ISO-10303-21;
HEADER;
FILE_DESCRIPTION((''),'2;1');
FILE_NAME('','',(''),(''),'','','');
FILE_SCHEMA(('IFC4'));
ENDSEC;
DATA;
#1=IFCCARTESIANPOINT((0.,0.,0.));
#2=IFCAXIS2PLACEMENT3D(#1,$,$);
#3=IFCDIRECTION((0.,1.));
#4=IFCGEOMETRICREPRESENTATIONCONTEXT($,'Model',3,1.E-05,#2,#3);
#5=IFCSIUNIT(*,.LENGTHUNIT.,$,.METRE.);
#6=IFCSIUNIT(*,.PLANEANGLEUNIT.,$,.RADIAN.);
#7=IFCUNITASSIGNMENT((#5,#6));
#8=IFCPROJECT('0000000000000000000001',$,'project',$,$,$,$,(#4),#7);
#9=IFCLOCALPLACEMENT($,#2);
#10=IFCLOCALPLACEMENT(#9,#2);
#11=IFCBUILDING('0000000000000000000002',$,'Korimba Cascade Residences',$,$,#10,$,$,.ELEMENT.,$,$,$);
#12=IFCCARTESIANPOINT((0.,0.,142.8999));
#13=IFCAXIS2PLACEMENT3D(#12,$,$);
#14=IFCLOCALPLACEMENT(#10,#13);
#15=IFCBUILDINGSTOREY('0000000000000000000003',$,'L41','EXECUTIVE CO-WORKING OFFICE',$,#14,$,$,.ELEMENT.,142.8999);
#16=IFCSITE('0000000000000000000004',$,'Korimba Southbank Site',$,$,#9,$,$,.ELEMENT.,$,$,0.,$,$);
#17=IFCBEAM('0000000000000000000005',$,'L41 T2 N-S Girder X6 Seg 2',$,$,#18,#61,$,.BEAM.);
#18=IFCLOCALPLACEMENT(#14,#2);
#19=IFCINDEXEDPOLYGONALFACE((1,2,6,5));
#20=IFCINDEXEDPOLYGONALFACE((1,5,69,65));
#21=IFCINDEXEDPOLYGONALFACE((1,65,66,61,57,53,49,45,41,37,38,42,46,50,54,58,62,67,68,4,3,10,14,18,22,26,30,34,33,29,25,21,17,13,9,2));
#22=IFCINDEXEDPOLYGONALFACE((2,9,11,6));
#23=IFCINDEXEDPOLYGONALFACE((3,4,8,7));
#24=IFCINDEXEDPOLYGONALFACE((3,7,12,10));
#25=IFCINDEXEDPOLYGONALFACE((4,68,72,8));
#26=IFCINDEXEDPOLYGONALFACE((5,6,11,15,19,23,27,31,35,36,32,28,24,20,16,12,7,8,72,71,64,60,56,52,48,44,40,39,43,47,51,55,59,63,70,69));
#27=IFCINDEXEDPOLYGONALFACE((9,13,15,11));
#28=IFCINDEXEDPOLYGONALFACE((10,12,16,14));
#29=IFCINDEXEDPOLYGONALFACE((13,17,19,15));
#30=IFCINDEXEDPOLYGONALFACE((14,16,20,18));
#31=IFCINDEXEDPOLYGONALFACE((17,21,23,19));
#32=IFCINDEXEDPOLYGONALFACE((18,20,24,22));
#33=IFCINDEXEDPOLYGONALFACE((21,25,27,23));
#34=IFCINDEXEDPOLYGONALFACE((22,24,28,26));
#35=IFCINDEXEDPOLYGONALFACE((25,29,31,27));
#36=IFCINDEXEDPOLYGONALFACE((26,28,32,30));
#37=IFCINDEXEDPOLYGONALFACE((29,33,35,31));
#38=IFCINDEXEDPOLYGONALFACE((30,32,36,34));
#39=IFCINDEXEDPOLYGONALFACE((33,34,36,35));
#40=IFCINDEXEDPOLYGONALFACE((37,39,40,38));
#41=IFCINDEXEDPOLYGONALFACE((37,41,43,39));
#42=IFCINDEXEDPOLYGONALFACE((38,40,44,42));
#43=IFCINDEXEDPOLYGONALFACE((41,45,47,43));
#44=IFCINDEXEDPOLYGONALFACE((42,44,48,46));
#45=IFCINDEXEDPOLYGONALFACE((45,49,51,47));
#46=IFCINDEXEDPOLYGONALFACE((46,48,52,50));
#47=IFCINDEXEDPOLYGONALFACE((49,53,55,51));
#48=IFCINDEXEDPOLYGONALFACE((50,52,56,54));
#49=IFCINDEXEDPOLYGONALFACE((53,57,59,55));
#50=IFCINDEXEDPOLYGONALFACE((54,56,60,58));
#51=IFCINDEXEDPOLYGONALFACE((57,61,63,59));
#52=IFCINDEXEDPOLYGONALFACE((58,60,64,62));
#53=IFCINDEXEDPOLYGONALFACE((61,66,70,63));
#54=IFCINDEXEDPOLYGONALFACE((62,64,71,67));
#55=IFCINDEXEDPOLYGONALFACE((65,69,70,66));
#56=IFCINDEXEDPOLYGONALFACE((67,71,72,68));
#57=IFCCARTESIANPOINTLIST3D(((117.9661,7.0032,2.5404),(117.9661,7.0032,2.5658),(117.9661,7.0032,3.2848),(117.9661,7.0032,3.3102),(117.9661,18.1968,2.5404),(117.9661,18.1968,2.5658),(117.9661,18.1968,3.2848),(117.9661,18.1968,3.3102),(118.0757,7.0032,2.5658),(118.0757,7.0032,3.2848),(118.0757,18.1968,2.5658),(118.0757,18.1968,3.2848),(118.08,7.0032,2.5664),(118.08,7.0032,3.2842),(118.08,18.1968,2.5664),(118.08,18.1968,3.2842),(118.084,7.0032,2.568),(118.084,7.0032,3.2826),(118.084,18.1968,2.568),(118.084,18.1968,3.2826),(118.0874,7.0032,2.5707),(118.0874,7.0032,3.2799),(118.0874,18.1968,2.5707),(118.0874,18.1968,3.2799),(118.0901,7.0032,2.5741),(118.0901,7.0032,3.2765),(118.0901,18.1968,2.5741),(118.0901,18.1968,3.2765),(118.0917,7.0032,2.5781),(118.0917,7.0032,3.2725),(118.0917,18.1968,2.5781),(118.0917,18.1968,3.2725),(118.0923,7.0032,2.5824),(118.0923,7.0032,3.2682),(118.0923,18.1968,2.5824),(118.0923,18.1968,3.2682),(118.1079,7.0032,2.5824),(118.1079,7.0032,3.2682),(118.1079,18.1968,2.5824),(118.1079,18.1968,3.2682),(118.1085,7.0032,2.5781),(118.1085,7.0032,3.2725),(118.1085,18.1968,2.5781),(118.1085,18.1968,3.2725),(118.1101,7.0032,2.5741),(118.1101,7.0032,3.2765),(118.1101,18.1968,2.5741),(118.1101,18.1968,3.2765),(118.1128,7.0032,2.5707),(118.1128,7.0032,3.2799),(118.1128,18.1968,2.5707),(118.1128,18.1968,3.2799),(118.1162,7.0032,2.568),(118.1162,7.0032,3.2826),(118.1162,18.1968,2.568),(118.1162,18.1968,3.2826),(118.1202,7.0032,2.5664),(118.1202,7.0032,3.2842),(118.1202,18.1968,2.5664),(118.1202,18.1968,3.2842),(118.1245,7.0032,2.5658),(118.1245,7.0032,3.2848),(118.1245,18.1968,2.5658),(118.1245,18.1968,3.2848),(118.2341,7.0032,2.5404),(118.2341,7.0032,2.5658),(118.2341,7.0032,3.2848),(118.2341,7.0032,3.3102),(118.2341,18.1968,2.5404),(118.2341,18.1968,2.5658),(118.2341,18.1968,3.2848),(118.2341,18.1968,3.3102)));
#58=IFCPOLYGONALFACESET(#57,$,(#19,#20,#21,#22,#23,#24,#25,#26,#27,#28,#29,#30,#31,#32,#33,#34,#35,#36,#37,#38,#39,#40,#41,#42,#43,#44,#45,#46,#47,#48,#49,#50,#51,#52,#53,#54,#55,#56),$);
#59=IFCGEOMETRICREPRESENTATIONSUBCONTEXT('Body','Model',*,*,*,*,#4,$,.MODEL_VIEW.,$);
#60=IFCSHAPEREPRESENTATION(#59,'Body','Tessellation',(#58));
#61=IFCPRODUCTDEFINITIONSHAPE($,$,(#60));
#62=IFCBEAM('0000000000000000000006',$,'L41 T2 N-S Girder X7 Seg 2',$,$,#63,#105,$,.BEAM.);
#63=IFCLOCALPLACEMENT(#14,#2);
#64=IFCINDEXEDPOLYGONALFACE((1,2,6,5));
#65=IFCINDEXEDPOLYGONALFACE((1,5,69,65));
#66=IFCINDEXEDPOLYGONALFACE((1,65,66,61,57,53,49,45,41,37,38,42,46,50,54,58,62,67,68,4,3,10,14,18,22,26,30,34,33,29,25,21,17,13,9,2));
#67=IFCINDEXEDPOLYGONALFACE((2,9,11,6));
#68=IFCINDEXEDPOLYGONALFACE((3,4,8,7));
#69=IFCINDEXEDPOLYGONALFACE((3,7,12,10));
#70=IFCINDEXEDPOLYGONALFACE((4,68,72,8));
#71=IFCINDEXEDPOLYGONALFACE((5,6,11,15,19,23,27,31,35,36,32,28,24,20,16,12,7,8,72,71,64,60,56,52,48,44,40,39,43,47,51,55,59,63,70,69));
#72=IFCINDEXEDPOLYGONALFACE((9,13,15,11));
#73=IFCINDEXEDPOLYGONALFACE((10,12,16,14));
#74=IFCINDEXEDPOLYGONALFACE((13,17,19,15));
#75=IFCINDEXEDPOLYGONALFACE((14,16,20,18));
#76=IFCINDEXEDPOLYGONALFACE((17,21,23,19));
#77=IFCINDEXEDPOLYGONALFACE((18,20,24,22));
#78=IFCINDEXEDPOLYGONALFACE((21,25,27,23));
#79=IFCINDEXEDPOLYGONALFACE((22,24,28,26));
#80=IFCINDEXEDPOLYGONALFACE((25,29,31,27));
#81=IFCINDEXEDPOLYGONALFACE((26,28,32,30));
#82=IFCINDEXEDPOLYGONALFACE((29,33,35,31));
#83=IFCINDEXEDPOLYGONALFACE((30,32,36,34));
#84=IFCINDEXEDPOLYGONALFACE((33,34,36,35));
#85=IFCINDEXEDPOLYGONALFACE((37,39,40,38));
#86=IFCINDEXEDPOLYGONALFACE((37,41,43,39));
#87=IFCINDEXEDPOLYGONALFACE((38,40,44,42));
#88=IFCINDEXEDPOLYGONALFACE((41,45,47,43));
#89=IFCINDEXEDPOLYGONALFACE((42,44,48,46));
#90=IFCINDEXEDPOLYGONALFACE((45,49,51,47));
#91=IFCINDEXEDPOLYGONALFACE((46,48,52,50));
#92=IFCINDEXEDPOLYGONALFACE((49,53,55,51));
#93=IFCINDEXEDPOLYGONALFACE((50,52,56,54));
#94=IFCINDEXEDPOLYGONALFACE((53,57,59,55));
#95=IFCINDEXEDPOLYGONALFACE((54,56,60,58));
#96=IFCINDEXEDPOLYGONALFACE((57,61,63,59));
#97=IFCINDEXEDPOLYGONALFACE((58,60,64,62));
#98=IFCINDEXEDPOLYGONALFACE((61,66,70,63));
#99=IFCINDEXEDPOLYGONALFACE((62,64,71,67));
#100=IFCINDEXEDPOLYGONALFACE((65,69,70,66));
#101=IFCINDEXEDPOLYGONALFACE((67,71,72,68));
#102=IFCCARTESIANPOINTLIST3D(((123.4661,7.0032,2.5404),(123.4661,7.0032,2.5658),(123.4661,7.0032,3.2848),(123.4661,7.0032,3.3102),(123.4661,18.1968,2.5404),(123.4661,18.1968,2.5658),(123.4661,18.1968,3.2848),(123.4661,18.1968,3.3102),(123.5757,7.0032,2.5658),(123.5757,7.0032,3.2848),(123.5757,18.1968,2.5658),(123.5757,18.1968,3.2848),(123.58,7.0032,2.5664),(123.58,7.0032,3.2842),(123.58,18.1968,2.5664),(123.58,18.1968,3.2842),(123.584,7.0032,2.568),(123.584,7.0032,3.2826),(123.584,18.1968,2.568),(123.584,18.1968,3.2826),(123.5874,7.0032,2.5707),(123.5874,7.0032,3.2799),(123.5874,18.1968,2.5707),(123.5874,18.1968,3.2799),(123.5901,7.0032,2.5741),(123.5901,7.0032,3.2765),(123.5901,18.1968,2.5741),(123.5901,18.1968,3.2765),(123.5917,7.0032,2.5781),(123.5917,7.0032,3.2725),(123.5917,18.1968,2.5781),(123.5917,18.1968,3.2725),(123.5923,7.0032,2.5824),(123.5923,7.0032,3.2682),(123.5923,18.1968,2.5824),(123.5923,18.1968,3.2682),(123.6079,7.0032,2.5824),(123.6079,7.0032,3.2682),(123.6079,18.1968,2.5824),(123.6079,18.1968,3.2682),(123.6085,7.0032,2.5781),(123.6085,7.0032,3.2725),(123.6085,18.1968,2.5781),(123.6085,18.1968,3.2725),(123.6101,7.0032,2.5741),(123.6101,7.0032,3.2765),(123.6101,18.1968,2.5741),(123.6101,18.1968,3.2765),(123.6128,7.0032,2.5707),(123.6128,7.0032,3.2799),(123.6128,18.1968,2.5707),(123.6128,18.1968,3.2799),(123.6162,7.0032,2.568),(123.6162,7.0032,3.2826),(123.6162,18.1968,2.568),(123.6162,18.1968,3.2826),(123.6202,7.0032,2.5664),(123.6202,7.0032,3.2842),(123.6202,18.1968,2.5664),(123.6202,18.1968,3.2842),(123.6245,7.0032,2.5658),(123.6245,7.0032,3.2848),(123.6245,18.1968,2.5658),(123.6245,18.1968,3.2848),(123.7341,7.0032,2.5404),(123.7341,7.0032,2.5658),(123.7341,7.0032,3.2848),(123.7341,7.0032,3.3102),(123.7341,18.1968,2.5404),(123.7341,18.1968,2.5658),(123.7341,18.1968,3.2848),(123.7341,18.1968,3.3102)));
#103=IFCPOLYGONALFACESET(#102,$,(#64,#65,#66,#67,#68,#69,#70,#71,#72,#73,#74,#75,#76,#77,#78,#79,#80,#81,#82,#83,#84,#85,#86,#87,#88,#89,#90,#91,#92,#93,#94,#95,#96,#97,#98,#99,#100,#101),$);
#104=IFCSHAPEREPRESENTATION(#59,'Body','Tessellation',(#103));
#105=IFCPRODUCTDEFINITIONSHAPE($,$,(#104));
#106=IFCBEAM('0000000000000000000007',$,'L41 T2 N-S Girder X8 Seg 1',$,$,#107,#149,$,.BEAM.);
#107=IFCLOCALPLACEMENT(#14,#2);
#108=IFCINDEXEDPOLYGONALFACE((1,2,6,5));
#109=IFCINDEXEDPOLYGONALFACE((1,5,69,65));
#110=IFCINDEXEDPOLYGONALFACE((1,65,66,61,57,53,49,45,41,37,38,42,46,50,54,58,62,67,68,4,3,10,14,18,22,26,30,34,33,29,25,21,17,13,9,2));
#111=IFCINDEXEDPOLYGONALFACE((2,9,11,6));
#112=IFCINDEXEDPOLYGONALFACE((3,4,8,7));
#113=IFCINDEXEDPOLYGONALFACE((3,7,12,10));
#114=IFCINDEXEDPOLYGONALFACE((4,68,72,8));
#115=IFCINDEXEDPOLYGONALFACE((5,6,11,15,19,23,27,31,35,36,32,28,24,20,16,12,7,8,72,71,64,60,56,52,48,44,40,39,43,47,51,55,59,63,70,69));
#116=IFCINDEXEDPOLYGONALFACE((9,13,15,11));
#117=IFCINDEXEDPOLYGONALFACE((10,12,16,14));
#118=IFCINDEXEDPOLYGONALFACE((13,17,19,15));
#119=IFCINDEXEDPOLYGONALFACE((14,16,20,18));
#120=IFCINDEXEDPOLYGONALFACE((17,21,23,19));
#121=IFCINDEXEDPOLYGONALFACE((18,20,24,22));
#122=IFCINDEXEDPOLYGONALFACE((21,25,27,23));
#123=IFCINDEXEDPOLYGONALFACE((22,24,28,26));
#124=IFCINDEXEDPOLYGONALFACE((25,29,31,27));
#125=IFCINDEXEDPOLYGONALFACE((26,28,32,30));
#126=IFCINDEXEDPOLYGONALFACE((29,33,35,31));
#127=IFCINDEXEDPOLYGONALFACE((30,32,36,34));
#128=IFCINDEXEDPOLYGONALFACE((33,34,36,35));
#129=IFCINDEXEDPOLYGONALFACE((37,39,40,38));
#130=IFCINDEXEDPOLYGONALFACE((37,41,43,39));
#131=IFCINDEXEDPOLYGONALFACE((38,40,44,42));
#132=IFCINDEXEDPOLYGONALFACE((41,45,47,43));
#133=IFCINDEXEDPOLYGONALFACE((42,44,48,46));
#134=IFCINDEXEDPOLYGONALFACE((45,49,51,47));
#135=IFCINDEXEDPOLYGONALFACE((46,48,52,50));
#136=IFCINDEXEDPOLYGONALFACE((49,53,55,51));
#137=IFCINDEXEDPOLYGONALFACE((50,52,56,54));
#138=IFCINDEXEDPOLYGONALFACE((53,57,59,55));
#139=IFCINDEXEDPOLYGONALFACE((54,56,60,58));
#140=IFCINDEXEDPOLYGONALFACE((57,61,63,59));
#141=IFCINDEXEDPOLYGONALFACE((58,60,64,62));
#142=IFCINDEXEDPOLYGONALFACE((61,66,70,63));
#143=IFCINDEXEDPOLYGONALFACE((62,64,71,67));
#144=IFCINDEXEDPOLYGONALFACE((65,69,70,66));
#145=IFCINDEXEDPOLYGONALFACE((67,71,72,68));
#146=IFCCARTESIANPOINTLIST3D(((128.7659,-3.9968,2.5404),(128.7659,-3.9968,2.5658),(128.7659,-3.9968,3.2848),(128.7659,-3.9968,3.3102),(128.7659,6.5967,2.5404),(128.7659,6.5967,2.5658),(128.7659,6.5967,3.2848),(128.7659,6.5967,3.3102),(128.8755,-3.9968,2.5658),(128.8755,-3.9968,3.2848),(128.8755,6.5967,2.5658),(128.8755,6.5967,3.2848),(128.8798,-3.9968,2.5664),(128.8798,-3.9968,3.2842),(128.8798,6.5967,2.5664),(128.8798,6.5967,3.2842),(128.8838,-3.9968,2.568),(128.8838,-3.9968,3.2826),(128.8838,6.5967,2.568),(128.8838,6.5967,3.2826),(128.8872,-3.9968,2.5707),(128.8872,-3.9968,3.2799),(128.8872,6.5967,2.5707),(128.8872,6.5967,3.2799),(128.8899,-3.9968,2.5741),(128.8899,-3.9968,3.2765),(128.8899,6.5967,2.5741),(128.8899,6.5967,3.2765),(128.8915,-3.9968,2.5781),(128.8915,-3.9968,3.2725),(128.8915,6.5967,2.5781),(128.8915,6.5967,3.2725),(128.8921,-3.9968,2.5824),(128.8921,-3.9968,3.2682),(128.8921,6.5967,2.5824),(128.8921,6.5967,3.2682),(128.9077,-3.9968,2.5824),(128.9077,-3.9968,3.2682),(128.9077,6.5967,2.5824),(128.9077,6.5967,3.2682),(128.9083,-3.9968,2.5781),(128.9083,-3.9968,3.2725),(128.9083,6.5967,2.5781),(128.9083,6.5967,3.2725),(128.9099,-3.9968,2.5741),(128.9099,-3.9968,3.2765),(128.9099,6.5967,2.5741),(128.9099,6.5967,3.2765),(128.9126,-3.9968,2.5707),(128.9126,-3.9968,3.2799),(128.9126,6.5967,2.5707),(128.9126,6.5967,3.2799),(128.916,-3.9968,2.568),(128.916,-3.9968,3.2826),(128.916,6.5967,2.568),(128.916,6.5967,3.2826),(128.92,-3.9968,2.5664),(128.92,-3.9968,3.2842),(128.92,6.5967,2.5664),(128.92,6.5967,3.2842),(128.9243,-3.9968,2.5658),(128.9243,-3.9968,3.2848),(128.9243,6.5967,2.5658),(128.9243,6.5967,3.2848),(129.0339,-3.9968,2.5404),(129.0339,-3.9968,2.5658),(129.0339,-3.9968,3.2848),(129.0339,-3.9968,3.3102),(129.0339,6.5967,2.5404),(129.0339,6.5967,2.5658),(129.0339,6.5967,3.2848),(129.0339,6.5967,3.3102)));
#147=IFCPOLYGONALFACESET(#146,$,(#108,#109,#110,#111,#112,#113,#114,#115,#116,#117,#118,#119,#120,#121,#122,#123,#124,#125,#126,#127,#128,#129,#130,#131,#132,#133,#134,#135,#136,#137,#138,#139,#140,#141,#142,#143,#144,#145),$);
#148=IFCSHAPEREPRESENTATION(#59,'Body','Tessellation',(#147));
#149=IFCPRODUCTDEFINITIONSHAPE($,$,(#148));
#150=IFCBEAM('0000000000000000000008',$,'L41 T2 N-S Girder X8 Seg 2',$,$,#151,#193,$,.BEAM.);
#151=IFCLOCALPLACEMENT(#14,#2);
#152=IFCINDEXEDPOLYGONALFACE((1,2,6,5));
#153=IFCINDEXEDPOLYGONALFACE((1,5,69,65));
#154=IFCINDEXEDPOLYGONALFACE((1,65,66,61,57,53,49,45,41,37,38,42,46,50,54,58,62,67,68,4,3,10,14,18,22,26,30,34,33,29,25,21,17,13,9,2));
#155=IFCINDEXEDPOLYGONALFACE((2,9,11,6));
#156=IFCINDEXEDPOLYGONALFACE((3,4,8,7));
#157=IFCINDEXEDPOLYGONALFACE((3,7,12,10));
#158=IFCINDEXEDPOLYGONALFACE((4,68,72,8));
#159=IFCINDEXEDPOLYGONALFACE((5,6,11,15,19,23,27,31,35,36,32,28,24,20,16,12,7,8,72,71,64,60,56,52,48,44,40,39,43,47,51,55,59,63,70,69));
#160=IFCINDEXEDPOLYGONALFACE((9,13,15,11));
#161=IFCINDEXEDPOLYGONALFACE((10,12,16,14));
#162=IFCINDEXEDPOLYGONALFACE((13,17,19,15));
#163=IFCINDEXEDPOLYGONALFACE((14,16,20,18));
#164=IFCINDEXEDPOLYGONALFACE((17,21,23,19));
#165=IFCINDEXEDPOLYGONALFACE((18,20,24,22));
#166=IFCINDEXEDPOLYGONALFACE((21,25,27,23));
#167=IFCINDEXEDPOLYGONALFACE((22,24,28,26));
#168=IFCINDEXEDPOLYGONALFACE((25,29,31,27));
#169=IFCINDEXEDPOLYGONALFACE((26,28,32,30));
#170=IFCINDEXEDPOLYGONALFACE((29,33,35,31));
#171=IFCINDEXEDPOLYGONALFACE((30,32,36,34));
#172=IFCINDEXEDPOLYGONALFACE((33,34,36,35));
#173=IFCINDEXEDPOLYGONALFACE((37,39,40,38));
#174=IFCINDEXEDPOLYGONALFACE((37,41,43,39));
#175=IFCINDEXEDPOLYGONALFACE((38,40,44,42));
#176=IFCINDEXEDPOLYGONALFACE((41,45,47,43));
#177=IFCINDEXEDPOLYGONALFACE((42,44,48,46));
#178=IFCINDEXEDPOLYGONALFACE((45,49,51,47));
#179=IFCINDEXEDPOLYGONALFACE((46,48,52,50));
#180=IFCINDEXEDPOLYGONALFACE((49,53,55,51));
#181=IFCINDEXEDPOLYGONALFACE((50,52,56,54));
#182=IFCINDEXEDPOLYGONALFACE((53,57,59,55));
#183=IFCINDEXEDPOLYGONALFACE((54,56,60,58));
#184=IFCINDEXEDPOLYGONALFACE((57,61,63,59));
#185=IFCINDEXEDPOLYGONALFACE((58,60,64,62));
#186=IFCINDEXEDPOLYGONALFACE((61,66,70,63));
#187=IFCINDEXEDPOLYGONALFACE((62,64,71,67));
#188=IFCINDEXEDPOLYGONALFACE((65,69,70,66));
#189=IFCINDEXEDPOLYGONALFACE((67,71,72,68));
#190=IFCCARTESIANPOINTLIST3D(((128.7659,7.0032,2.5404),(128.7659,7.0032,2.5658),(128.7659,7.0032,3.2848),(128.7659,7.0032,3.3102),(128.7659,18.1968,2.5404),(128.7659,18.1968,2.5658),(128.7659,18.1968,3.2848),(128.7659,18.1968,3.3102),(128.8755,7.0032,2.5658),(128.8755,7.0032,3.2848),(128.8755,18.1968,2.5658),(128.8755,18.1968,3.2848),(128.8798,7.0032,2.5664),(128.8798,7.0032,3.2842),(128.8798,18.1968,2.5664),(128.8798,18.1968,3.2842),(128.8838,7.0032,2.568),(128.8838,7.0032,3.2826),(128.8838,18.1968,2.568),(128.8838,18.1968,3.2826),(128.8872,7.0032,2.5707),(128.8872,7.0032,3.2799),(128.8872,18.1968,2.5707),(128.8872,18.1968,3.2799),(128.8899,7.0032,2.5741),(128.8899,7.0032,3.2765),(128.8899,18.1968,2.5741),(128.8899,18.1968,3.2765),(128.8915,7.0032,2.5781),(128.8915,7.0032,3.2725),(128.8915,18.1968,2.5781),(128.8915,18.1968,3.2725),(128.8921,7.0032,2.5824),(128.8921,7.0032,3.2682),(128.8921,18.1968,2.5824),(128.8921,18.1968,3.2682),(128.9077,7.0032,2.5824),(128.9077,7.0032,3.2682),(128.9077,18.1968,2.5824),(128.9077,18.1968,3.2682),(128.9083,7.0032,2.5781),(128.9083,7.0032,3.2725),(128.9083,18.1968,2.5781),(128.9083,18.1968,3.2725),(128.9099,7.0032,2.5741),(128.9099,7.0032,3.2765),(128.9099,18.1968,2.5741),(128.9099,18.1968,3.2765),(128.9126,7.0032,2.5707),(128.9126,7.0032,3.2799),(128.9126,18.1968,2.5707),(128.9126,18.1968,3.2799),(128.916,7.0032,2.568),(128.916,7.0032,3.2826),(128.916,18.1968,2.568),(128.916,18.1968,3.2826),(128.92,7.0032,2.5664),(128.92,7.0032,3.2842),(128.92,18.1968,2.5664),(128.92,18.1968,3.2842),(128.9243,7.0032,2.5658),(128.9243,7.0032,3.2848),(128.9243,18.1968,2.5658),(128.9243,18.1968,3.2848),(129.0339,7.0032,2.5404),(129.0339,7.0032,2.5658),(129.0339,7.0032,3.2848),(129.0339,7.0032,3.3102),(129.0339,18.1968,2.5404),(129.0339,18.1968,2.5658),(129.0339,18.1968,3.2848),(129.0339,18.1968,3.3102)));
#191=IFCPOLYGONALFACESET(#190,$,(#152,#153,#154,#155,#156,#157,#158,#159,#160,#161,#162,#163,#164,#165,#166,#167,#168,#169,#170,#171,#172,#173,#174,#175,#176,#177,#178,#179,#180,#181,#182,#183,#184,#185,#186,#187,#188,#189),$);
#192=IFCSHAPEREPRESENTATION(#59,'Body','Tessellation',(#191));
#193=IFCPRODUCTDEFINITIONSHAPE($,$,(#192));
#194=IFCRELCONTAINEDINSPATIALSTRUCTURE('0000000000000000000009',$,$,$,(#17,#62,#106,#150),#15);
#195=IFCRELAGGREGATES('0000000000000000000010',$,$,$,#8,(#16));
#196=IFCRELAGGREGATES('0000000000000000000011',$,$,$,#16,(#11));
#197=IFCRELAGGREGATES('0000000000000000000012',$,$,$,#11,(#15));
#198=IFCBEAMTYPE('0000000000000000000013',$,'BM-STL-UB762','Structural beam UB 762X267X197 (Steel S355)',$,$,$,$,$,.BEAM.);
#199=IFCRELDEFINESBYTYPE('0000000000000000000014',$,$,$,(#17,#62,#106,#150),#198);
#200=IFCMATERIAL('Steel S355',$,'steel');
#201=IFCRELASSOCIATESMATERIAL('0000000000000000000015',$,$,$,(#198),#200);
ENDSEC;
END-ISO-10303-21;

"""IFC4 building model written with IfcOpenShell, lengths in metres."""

from ifc_helpers import new_model, si_unit, direction, frame, origin, origin_2d, place, context, subcontext, project, spatial, i_section, extrude, material, material_profile, profile_set, type_object, element, save


model = new_model("IFC4")

# Units and contexts
model_context = context("Model", 3, precision=1e-05, world=origin(), true_north=direction((0.0, 1.0)))
body_context = subcontext(model_context, "Body", "Model", "MODEL_VIEW")
ifc_project = project(units=[si_unit("LENGTHUNIT", "METRE"), si_unit("PLANEANGLEUNIT", "RADIAN")], contexts=[model_context])

# Site, building, storey
site_placement = place(None, origin())
site = spatial("IfcSite", under=ifc_project, at=site_placement, Name="Korimba Southbank Site", CompositionType="ELEMENT", RefElevation=0.0)
building_placement = place(site_placement, origin())
building = spatial("IfcBuilding", under=site, at=building_placement, Name="Korimba Cascade Residences", CompositionType="ELEMENT")
storey_placement = place(building_placement, frame((0.0, 0.0, 142.8999)))
storey = spatial("IfcBuildingStorey", under=building, at=storey_placement, Name="L41", Description="EXECUTIVE CO-WORKING OFFICE", CompositionType="ELEMENT", Elevation=142.8999)

# Beams
ifc_material_1 = material(Name="Steel S355", Category="steel")
ifc_material_profile_1 = material_profile(ifc_material_1, i_section(OverallWidth=0.2681, OverallDepth=0.7698, WebThickness=0.0156, FlangeThickness=0.0254, FilletRadius=0.0166, at=origin_2d()), Name="Steel S355")
ifc_profile_set_1 = profile_set([ifc_material_profile_1], Name="Steel S355")
beam_type_1 = type_object("IfcBeamType", Name="BM-STL-UB762", Description="Structural beam UB 762X267X197 (Steel S355)", PredefinedType="BEAM", material=ifc_profile_set_1)
for number, where, z_axis, x_axis, name in (
    (1, (118.1001, 7.0032, 2.9253), (0.0, 1.0, 0.0), (-1.0, 0.0, 0.0), "L41 T2 N-S Girder X6 Seg 2"),
    (2, (123.6001, 7.0032, 2.9253), (0.0, 1.0, 0.0), (-1.0, 0.0, 0.0), "L41 T2 N-S Girder X7 Seg 2"),
):
    element("IfcBeam", number, at=place(storey_placement, frame(where, z_axis=z_axis, x_axis=x_axis)), inside=storey, type_object=beam_type_1, Name=name, PredefinedType="BEAM", context=body_context, shape_type="SweptSolid", body=[
        extrude(i_section(OverallWidth=0.2681, OverallDepth=0.7698, WebThickness=0.0156, FlangeThickness=0.0254, FilletRadius=0.0166, at=origin_2d()), origin(), (0.0, 0.0, 1.0), 11.1936),
    ])
beam_1_placement = place(storey_placement, frame((128.8999, -3.9968, 2.9253), z_axis=(0.0, 1.0, 0.0), x_axis=(-1.0, 0.0, 0.0)))
element("IfcBeam", 3, at=beam_1_placement, inside=storey, type_object=beam_type_1, Name="L41 T2 N-S Girder X8 Seg 1", PredefinedType="BEAM", context=body_context, shape_type="SweptSolid", body=[
    extrude(i_section(OverallWidth=0.2681, OverallDepth=0.7698, WebThickness=0.0156, FlangeThickness=0.0254, FilletRadius=0.0166, at=origin_2d()), origin(), (0.0, 0.0, 1.0), 10.5935),
])
beam_2_placement = place(storey_placement, frame((128.8999, 7.0032, 2.9253), z_axis=(0.0, 1.0, 0.0), x_axis=(-1.0, 0.0, 0.0)))
element("IfcBeam", 4, at=beam_2_placement, inside=storey, type_object=beam_type_1, Name="L41 T2 N-S Girder X8 Seg 2", PredefinedType="BEAM", context=body_context, shape_type="SweptSolid", body=[
    extrude(i_section(OverallWidth=0.2681, OverallDepth=0.7698, WebThickness=0.0156, FlangeThickness=0.0254, FilletRadius=0.0166, at=origin_2d()), origin(), (0.0, 0.0, 1.0), 11.1936),
])

save(model, "model.ifc")
